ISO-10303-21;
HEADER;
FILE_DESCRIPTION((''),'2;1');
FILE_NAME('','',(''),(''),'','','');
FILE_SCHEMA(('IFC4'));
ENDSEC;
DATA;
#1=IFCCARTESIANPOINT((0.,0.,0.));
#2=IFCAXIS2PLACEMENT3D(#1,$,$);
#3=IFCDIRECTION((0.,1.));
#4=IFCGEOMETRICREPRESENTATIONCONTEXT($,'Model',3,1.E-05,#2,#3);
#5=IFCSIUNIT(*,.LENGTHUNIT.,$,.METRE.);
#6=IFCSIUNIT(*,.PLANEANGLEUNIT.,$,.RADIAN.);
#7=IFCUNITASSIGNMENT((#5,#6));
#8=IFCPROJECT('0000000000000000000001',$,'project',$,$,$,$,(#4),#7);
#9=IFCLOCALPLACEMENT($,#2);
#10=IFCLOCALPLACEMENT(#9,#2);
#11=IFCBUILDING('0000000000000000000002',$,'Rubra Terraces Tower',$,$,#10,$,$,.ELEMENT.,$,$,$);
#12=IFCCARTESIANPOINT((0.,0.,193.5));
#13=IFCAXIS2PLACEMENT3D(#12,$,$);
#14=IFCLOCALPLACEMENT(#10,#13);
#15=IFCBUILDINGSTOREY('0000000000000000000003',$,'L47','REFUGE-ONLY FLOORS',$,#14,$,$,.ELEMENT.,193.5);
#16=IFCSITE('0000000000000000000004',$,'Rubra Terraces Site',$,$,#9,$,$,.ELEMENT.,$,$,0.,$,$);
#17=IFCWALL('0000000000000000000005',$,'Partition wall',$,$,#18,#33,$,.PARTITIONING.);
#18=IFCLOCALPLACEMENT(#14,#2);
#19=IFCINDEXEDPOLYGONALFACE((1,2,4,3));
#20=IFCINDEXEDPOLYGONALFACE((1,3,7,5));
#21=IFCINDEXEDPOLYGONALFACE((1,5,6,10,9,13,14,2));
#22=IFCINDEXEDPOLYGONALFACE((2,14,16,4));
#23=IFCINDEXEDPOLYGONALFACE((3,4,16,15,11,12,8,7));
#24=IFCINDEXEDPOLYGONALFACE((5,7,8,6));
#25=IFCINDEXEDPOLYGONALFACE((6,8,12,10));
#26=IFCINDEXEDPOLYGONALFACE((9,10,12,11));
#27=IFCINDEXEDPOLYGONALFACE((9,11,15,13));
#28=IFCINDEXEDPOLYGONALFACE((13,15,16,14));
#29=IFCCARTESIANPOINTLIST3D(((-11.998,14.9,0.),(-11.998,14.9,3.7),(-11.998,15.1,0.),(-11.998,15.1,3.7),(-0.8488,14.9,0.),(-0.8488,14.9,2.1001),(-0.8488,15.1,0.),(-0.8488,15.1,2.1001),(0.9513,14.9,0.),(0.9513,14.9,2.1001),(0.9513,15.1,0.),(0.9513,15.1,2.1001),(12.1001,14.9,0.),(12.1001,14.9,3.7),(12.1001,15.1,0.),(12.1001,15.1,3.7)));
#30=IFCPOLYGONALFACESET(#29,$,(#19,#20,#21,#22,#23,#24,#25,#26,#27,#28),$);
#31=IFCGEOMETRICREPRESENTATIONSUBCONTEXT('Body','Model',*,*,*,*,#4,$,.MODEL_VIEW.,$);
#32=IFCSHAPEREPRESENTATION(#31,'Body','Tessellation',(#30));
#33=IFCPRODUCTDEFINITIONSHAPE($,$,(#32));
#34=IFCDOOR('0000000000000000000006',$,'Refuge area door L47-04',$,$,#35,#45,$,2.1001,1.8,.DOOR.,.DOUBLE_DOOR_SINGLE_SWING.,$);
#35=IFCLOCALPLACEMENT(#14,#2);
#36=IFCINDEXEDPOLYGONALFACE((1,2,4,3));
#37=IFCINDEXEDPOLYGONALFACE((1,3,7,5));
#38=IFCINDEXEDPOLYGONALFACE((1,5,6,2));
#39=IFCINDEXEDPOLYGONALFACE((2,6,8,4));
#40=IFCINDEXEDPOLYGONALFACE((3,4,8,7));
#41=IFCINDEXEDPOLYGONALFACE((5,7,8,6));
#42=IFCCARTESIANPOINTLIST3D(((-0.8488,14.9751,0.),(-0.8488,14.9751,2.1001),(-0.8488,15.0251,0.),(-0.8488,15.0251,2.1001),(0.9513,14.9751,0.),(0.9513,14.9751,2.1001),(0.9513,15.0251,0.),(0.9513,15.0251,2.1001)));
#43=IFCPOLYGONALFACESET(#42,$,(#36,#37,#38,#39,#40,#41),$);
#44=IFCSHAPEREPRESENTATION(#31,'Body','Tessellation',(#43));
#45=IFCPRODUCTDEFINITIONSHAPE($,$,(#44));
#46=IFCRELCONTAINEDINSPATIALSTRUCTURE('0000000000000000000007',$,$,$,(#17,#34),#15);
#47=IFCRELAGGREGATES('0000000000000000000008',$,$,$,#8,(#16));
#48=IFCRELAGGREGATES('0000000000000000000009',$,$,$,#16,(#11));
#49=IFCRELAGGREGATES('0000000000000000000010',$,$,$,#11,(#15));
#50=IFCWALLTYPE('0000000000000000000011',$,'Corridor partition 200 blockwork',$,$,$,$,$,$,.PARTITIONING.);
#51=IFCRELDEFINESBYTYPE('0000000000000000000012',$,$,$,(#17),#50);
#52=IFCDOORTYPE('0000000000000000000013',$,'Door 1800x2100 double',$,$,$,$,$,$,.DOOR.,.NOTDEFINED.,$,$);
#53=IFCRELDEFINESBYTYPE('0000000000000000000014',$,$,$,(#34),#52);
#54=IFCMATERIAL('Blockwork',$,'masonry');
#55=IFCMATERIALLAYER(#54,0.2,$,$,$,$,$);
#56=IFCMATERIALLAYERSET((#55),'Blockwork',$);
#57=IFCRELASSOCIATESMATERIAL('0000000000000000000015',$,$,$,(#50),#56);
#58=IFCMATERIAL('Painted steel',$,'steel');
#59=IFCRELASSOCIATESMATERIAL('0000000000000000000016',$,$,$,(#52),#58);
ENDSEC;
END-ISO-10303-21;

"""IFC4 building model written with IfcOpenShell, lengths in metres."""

from ifc_helpers import new_model, si_unit, direction, frame, frame_2d, origin, place, context, subcontext, project, spatial, rectangle, extrude, material, layer, layer_set, type_object, element, fill, save


model = new_model("IFC4")

# Units and contexts
model_context = context("Model", 3, precision=1e-05, world=origin(), true_north=direction((0.0, 1.0)))
body_context = subcontext(model_context, "Body", "Model", "MODEL_VIEW")
ifc_project = project(units=[si_unit("LENGTHUNIT", "METRE"), si_unit("PLANEANGLEUNIT", "RADIAN")], contexts=[model_context])

# Site, building, storey
site_placement = place(None, origin())
site = spatial("IfcSite", under=ifc_project, at=site_placement, Name="Rubra Terraces Site", CompositionType="ELEMENT", RefElevation=0.0)
building_placement = place(site_placement, origin())
building = spatial("IfcBuilding", under=site, at=building_placement, Name="Rubra Terraces Tower", CompositionType="ELEMENT")
storey_placement = place(building_placement, frame((0.0, 0.0, 193.5)))
storey = spatial("IfcBuildingStorey", under=building, at=storey_placement, Name="L47", Description="REFUGE-ONLY FLOORS", CompositionType="ELEMENT", Elevation=193.5)

# Shared definitions
ifc_material_1 = material(Name="Blockwork", Category="masonry")
ifc_layer_1 = layer(ifc_material_1, 0.2)
ifc_layer_set_1 = layer_set([ifc_layer_1], Name="Blockwork")
wall_type_1 = type_object("IfcWallType", Name="Corridor partition 200 blockwork", PredefinedType="PARTITIONING", material=ifc_layer_set_1)

# Wall, opening, door
wall_1_placement = place(storey_placement, frame((12.1001, 15.0, 0.0), z_axis=(0.0, 0.0, 1.0), x_axis=(-1.0, 0.0, 0.0)))
wall_1 = element("IfcWall", 1, at=wall_1_placement, inside=storey, type_object=wall_type_1, Name="Partition wall", PredefinedType="PARTITIONING", context=body_context, shape_type="SweptSolid", body=[
    extrude(rectangle(XDim=24.0981, YDim=0.2, at=frame_2d((12.0491, 0.0))), origin(), (0.0, 0.0, 1.0), 3.7),
])
opening_1_placement = place(wall_1_placement, frame((11.1489, 0.0, 0.0)))
opening_1 = element("IfcOpeningElement", 2, at=opening_1_placement, cuts=wall_1, PredefinedType="OPENING", context=body_context, shape_type="SweptSolid", body=[
    extrude(rectangle(XDim=1.8, YDim=2.1001, at=frame_2d((0.8999, 1.05))), frame((0.0, 0.1099, 0.0), z_axis=(0.0, -1.0, 0.0), x_axis=(1.0, 0.0, 0.0)), (0.0, 0.0, 1.0), 0.22),
])
ifc_material_2 = material(Name="Painted steel", Category="steel")
door_type = type_object("IfcDoorType", Name="Door 1800x2100 double", OperationType="NOTDEFINED", PredefinedType="DOOR", material=ifc_material_2)
door_placement = place(opening_1_placement, origin())
door = element("IfcDoor", 3, at=door_placement, inside=storey, type_object=door_type, Name="Refuge area door L47-04", OperationType="DOUBLE_DOOR_SINGLE_SWING", OverallHeight=2.1001, OverallWidth=1.8, PredefinedType="DOOR", context=body_context, shape_type="SweptSolid", body=[
    extrude(rectangle(XDim=1.8, YDim=2.1001, at=frame_2d((0.8999, 1.05))), frame((0.0, 0.0249, 0.0), z_axis=(0.0, -1.0, 0.0), x_axis=(1.0, 0.0, 0.0)), (0.0, 0.0, 1.0), 0.05),
])
fill(opening_1, door)

save(model, "model.ifc")
